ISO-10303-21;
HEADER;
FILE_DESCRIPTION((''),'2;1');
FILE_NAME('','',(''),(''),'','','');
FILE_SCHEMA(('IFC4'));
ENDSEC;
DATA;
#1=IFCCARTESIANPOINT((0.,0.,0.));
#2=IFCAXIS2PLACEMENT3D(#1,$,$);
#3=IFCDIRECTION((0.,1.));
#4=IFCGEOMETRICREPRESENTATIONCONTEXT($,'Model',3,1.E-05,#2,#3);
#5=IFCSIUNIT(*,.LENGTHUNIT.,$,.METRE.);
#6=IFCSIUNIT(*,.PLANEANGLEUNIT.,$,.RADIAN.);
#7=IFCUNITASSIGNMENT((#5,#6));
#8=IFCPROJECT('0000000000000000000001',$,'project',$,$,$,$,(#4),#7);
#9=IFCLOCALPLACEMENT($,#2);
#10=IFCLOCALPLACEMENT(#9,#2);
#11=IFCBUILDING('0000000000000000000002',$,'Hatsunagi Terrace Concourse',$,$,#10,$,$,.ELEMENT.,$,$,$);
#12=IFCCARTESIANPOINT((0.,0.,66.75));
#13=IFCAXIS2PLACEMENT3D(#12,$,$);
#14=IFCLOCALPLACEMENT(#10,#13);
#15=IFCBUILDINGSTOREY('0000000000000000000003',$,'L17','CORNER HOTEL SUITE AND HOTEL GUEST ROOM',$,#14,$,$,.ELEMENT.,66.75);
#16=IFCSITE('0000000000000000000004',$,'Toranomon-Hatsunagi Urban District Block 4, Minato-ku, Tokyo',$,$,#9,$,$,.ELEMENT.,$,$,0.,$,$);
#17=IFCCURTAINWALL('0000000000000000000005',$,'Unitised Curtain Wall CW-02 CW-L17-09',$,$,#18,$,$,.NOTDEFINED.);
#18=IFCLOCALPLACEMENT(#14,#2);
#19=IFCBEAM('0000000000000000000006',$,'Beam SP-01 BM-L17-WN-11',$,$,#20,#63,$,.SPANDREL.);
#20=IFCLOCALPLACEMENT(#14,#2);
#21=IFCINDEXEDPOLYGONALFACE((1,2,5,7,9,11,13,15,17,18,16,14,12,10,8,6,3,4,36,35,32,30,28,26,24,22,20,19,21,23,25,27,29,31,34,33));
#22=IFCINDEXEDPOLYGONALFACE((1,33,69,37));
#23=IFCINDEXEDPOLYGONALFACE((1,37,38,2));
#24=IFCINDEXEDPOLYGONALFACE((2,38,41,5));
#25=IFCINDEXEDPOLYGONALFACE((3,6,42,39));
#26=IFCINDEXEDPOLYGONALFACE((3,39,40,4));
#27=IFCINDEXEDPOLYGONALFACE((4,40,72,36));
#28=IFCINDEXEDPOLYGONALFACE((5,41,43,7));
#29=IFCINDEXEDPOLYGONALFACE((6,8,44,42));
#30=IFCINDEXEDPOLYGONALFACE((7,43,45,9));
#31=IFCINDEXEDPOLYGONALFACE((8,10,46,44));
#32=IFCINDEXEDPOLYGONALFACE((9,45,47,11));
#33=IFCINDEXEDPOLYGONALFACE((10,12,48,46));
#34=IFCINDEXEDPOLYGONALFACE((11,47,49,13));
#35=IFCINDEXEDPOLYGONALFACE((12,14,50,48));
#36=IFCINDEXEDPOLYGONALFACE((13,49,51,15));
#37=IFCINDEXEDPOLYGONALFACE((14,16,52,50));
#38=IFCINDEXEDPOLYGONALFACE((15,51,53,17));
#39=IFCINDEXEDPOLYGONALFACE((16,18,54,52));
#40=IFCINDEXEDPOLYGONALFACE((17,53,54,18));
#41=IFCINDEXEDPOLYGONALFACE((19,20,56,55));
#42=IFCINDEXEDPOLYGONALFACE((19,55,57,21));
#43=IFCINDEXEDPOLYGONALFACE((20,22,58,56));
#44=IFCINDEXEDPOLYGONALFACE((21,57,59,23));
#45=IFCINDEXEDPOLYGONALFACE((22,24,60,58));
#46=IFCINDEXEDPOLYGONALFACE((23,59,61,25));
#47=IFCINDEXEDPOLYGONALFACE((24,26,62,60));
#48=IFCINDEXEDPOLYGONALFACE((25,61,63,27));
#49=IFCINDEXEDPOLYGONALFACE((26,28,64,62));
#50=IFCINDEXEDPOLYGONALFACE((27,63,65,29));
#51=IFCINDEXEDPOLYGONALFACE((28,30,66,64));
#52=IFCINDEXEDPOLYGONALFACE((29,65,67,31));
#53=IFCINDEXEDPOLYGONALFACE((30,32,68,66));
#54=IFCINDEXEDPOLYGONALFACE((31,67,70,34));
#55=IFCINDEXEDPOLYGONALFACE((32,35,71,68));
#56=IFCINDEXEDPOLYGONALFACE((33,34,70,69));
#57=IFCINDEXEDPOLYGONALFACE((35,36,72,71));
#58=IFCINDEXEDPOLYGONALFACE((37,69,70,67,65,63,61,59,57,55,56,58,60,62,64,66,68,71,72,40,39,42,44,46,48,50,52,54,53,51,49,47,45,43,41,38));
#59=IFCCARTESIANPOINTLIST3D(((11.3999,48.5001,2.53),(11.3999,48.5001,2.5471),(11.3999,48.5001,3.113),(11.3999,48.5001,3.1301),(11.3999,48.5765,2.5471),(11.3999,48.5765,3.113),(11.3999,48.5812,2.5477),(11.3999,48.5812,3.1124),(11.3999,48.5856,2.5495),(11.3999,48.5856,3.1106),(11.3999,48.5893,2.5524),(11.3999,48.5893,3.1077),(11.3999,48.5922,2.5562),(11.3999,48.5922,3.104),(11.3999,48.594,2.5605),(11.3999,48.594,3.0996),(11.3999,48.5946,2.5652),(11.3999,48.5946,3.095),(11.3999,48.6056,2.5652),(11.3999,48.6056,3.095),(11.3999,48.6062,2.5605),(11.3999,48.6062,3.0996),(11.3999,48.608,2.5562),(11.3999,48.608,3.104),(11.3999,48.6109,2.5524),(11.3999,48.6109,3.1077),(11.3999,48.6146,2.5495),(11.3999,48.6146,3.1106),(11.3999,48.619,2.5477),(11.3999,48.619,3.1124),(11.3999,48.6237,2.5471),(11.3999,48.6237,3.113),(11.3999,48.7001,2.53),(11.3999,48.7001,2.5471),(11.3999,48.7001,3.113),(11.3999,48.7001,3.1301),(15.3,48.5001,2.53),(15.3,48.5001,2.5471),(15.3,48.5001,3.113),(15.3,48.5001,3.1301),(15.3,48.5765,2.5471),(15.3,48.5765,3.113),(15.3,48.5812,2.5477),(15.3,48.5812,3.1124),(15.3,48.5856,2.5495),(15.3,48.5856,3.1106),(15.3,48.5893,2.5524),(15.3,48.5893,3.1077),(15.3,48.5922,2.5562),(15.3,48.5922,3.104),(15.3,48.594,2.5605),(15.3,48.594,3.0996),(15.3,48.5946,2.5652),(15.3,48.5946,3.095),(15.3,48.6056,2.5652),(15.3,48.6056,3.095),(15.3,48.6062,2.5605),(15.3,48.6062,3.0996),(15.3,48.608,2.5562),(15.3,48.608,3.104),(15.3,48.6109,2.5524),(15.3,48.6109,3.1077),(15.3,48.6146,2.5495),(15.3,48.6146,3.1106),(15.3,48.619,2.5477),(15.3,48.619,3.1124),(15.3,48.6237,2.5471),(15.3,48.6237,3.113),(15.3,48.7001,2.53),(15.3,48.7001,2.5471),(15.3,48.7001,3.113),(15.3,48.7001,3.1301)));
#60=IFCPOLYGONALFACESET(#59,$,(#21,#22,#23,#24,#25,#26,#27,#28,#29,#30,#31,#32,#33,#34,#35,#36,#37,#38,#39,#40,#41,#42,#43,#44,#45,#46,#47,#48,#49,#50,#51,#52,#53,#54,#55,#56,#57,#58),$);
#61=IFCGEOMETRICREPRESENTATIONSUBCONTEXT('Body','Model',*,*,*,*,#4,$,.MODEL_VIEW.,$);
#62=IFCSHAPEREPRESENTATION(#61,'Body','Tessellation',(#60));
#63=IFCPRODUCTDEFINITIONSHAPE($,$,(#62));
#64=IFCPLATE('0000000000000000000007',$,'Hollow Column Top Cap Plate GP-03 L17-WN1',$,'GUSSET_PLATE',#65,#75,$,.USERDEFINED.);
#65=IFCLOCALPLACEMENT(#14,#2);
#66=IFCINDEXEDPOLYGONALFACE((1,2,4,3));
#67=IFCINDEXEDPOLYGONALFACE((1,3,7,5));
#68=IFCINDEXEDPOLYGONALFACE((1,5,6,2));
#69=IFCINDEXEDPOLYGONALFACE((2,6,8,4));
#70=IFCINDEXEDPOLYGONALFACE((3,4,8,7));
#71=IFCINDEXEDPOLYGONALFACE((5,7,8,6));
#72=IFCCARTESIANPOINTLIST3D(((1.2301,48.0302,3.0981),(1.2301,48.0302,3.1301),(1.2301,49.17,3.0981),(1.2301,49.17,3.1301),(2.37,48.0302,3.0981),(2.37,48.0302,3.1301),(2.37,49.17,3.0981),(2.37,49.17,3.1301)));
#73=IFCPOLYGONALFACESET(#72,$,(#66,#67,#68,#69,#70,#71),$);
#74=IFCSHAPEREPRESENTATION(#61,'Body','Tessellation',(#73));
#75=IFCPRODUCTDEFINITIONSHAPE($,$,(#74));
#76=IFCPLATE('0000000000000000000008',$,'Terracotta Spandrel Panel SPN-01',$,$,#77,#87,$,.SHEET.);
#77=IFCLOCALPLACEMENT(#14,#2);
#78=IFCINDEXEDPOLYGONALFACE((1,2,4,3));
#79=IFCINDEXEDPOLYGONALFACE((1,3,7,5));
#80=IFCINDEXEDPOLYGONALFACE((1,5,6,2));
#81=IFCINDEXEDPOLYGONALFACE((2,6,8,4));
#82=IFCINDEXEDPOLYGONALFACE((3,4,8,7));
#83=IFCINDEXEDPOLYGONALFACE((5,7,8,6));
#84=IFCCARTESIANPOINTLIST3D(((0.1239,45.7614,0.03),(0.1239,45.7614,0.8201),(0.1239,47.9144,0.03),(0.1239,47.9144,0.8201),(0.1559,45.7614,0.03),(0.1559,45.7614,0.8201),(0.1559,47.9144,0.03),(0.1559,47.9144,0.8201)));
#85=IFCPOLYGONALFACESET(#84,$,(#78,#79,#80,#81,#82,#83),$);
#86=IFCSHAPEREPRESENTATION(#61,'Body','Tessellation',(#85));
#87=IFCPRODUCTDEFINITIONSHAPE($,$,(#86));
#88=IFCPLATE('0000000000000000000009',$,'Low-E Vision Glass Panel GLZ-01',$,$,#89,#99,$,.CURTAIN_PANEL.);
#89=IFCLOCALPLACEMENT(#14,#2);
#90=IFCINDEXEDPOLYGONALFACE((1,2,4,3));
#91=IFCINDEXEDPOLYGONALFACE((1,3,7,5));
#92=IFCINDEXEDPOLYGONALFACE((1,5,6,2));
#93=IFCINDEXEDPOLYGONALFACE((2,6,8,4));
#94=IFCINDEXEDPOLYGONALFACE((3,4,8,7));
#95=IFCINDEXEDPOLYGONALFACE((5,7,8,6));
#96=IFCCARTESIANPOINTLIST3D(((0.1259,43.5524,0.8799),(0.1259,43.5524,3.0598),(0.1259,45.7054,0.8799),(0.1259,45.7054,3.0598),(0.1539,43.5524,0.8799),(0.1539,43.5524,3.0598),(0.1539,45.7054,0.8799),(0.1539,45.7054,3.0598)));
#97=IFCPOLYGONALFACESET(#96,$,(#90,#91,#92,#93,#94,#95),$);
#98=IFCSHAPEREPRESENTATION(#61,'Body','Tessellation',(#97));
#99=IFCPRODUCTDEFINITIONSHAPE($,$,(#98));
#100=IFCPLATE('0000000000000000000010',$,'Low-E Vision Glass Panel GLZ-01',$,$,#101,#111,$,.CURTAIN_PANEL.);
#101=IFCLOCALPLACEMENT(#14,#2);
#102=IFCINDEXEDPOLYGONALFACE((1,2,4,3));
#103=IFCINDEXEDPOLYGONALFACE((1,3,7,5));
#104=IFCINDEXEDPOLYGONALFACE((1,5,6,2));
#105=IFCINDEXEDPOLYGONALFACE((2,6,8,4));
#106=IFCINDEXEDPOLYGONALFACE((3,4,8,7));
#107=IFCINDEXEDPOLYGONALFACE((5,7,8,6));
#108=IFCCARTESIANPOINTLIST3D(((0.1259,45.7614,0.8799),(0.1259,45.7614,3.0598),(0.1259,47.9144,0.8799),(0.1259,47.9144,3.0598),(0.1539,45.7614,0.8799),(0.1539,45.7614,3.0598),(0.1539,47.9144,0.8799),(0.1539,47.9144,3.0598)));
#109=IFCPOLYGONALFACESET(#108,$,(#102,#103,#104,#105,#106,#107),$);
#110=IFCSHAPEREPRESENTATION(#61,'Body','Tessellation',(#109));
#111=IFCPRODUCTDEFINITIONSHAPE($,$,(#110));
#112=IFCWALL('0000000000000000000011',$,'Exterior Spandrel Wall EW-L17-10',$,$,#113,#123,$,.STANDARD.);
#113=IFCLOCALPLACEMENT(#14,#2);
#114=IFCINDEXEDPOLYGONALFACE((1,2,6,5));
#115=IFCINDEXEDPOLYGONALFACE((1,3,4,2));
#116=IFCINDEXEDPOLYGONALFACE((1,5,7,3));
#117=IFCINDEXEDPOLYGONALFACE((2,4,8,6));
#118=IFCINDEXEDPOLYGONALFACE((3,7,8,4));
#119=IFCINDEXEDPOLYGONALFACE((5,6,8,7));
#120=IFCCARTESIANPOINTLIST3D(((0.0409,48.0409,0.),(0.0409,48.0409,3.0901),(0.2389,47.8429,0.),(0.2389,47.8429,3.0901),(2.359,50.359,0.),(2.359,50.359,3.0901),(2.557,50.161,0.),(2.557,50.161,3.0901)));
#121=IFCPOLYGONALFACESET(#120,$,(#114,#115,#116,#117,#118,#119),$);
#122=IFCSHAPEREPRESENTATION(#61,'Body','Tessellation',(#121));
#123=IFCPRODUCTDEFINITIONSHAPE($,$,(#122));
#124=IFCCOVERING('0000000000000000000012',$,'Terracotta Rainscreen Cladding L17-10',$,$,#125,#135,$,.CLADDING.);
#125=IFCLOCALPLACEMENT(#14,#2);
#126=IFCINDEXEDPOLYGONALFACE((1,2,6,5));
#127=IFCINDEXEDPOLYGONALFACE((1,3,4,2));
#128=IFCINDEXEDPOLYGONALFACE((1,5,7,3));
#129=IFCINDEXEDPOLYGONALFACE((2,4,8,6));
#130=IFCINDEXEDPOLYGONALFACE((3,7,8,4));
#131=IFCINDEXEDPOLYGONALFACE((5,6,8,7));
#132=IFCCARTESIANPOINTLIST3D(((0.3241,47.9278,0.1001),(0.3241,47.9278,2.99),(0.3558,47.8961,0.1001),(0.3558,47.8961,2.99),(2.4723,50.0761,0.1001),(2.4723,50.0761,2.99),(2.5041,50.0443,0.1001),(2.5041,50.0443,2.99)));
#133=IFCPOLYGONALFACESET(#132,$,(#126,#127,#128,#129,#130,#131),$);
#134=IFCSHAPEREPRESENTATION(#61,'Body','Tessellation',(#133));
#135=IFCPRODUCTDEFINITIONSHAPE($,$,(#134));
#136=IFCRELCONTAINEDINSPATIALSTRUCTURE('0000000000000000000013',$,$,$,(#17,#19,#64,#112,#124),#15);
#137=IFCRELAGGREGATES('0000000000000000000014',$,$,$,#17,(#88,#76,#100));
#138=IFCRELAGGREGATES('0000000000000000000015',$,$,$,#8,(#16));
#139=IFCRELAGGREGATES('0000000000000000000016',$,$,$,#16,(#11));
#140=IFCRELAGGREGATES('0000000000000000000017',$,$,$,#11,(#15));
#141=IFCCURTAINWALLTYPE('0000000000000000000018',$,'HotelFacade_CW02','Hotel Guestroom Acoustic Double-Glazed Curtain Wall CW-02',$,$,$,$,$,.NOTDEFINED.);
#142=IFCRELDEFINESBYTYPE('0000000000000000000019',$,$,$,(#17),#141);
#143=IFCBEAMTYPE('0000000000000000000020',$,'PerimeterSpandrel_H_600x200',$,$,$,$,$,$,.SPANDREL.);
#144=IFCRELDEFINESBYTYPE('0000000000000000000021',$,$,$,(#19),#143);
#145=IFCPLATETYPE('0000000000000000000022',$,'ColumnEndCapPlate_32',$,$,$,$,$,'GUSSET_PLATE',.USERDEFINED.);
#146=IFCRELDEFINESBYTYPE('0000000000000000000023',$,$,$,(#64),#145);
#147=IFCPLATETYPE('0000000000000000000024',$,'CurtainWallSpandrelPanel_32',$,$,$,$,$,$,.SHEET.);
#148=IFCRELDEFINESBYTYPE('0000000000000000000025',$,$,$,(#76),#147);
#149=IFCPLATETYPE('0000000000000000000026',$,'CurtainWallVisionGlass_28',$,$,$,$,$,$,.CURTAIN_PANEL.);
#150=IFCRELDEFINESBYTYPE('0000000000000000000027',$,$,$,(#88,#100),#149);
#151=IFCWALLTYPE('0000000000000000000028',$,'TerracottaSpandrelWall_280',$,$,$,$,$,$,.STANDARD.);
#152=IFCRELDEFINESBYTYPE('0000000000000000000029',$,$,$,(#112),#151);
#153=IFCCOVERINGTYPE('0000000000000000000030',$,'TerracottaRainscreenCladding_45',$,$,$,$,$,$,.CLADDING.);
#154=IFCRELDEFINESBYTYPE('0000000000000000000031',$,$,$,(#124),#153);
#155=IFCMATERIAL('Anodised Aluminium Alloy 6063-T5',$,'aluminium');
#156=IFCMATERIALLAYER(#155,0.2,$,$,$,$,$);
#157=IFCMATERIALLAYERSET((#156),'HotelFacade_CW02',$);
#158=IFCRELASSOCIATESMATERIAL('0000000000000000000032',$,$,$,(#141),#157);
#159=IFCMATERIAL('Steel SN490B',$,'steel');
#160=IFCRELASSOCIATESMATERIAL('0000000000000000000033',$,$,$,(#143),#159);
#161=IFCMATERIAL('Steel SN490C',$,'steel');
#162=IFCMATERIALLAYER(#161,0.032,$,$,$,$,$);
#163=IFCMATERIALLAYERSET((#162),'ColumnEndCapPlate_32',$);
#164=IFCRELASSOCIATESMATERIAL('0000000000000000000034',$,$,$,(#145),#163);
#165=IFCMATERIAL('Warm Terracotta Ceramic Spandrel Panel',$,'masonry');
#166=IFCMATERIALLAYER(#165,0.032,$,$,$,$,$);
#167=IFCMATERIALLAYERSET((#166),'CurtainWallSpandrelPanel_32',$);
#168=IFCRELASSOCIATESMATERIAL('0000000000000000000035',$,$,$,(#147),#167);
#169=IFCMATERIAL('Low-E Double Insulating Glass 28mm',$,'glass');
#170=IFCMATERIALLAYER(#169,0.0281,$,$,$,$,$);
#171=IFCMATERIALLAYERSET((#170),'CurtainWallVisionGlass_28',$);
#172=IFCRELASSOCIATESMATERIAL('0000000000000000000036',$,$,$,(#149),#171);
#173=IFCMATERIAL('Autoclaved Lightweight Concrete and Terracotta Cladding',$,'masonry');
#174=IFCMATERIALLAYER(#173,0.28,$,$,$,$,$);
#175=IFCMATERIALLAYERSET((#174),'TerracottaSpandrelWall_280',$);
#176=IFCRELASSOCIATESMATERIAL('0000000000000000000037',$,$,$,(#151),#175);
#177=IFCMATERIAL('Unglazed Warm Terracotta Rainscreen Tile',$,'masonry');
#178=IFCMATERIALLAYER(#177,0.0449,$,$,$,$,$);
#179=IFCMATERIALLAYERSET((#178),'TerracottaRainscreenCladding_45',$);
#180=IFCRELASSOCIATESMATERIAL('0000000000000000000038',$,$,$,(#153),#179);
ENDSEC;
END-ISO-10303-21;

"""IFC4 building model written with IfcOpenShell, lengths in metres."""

from ifc_helpers import new_model, si_unit, direction, frame, frame_2d, origin, origin_2d, place, context, subcontext, project, spatial, rectangle, i_section, extrude, material, layer, layer_set, material_profile, profile_set, type_object, element, aggregate, save


model = new_model("IFC4")

# Units and contexts
model_context = context("Model", 3, precision=1e-05, world=origin(), true_north=direction((0.0, 1.0)))
body_context = subcontext(model_context, "Body", "Model", "MODEL_VIEW")
ifc_project = project(units=[si_unit("LENGTHUNIT", "METRE"), si_unit("PLANEANGLEUNIT", "RADIAN")], contexts=[model_context])

# Site, building, storey
site_placement = place(None, origin())
site = spatial("IfcSite", under=ifc_project, at=site_placement, Name="Toranomon-Hatsunagi Urban District Block 4, Minato-ku, Tokyo", CompositionType="ELEMENT", RefElevation=0.0)
building_placement = place(site_placement, origin())
building = spatial("IfcBuilding", under=site, at=building_placement, Name="Hatsunagi Terrace Concourse", CompositionType="ELEMENT")
storey_placement = place(building_placement, frame((0.0, 0.0, 66.75)))
storey = spatial("IfcBuildingStorey", under=building, at=storey_placement, Name="L17", Description="CORNER HOTEL SUITE AND HOTEL GUEST ROOM", CompositionType="ELEMENT", Elevation=66.75)

# Curtain wall
ifc_material_1 = material(Name="Anodised Aluminium Alloy 6063-T5", Category="aluminium")
ifc_layer_1 = layer(ifc_material_1, 0.2)
ifc_layer_set_1 = layer_set([ifc_layer_1], Name="HotelFacade_CW02")
curtain_wall_type = type_object("IfcCurtainWallType", Name="HotelFacade_CW02", Description="Hotel Guestroom Acoustic Double-Glazed Curtain Wall CW-02", PredefinedType="NOTDEFINED", material=ifc_layer_set_1)
curtain_wall_placement = place(storey_placement, origin())
curtain_wall = element("IfcCurtainWall", 1, at=curtain_wall_placement, inside=storey, type_object=curtain_wall_type, Name="Unitised Curtain Wall CW-02 CW-L17-09", PredefinedType="NOTDEFINED")

# Beam
ifc_material_2 = material(Name="Steel SN490B", Category="steel")
ifc_material_profile_1 = material_profile(ifc_material_2, i_section(OverallWidth=0.2, OverallDepth=0.6001, WebThickness=0.011, FlangeThickness=0.0171, FilletRadius=0.0181, at=origin_2d()), Name="H-600x200x11x17")
ifc_profile_set_1 = profile_set([ifc_material_profile_1], Name="Steel SN490B")
beam_type_1 = type_object("IfcBeamType", Name="PerimeterSpandrel_H_600x200", PredefinedType="SPANDREL", material=ifc_profile_set_1)
beam_1_placement = place(storey_placement, frame((11.3999, 48.6001, 2.8301), z_axis=(1.0, 0.0, 0.0), x_axis=(0.0, 1.0, 0.0)))
element("IfcBeam", 2, at=beam_1_placement, inside=storey, type_object=beam_type_1, Name="Beam SP-01 BM-L17-WN-11", PredefinedType="SPANDREL", context=body_context, shape_type="SweptSolid", body=[
    extrude(i_section(OverallWidth=0.2, OverallDepth=0.6001, WebThickness=0.011, FlangeThickness=0.0171, FilletRadius=0.0181, at=origin_2d()), origin(), (0.0, 0.0, 1.0), 3.9001),
])

# Plates
ifc_material_3 = material(Name="Steel SN490C", Category="steel")
ifc_layer_2 = layer(ifc_material_3, 0.032)
ifc_layer_set_2 = layer_set([ifc_layer_2], Name="ColumnEndCapPlate_32")
plate_type_1 = type_object("IfcPlateType", Name="ColumnEndCapPlate_32", ElementType="GUSSET_PLATE", PredefinedType="USERDEFINED", material=ifc_layer_set_2)
plate_1_placement = place(storey_placement, frame((1.8, 48.6001, 3.0981), z_axis=(0.0, 0.0, 1.0), x_axis=(1.0, 0.0, 0.0)))
element("IfcPlate", 3, at=plate_1_placement, inside=storey, type_object=plate_type_1, Name="Hollow Column Top Cap Plate GP-03 L17-WN1", ObjectType="GUSSET_PLATE", PredefinedType="USERDEFINED", context=body_context, shape_type="SweptSolid", body=[
    extrude(rectangle(XDim=1.1399, YDim=1.1399, at=origin_2d()), origin(), (0.0, 0.0, 1.0), 0.032),
])
ifc_material_4 = material(Name="Warm Terracotta Ceramic Spandrel Panel", Category="masonry")
ifc_layer_3 = layer(ifc_material_4, 0.032)
ifc_layer_set_3 = layer_set([ifc_layer_3], Name="CurtainWallSpandrelPanel_32")
plate_type_2 = type_object("IfcPlateType", Name="CurtainWallSpandrelPanel_32", PredefinedType="SHEET", material=ifc_layer_set_3)
plate_2_placement = place(storey_placement, frame((0.1399, 46.8379, 0.03), z_axis=(0.0, 0.0, 1.0), x_axis=(0.0, 1.0, 0.0)))
plate_2 = element("IfcPlate", 4, at=plate_2_placement, type_object=plate_type_2, Name="Terracotta Spandrel Panel SPN-01", PredefinedType="SHEET", context=body_context, shape_type="SweptSolid", body=[
    extrude(rectangle(XDim=2.1531, YDim=0.032, at=origin_2d()), origin(), (0.0, 0.0, 1.0), 0.79),
])
ifc_material_5 = material(Name="Low-E Double Insulating Glass 28mm", Category="glass")
ifc_layer_4 = layer(ifc_material_5, 0.0281)
ifc_layer_set_4 = layer_set([ifc_layer_4], Name="CurtainWallVisionGlass_28")
plate_type_3 = type_object("IfcPlateType", Name="CurtainWallVisionGlass_28", PredefinedType="CURTAIN_PANEL", material=ifc_layer_set_4)
plate_3_placement = place(storey_placement, frame((0.1399, 44.6289, 0.8799), z_axis=(0.0, 0.0, 1.0), x_axis=(0.0, 1.0, 0.0)))
plate_3 = element("IfcPlate", 5, at=plate_3_placement, type_object=plate_type_3, Name="Low-E Vision Glass Panel GLZ-01", PredefinedType="CURTAIN_PANEL", context=body_context, shape_type="SweptSolid", body=[
    extrude(rectangle(XDim=2.1531, YDim=0.0281, at=origin_2d()), origin(), (0.0, 0.0, 1.0), 2.1799),
])
plate_4_placement = place(storey_placement, frame((0.1399, 46.8379, 0.8799), z_axis=(0.0, 0.0, 1.0), x_axis=(0.0, 1.0, 0.0)))
plate_4 = element("IfcPlate", 6, at=plate_4_placement, type_object=plate_type_3, Name="Low-E Vision Glass Panel GLZ-01", PredefinedType="CURTAIN_PANEL", context=body_context, shape_type="SweptSolid", body=[
    extrude(rectangle(XDim=2.1531, YDim=0.0281, at=origin_2d()), origin(), (0.0, 0.0, 1.0), 2.1799),
])
aggregate(curtain_wall, [plate_3, plate_2, plate_4])

# Wall
ifc_material_6 = material(Name="Autoclaved Lightweight Concrete and Terracotta Cladding", Category="masonry")
ifc_layer_5 = layer(ifc_material_6, 0.28)
ifc_layer_set_5 = layer_set([ifc_layer_5], Name="TerracottaSpandrelWall_280")
wall_type = type_object("IfcWallType", Name="TerracottaSpandrelWall_280", PredefinedType="STANDARD", material=ifc_layer_set_5)
wall_1_placement = place(storey_placement, frame((0.1399, 47.9419, 0.0), z_axis=(0.0, 0.0, 1.0), x_axis=(0.707107, 0.707107, 0.0)))
element("IfcWall", 7, at=wall_1_placement, inside=storey, type_object=wall_type, Name="Exterior Spandrel Wall EW-L17-10", PredefinedType="STANDARD", context=body_context, shape_type="SweptSolid", body=[
    extrude(rectangle(XDim=3.2783, YDim=0.28, at=frame_2d((1.6392, 0.0))), origin(), (0.0, 0.0, 1.0), 3.0901),
])

# Covering
ifc_material_7 = material(Name="Unglazed Warm Terracotta Rainscreen Tile", Category="masonry")
ifc_layer_6 = layer(ifc_material_7, 0.0449)
ifc_layer_set_6 = layer_set([ifc_layer_6], Name="TerracottaRainscreenCladding_45")
covering_type = type_object("IfcCoveringType", Name="TerracottaRainscreenCladding_45", PredefinedType="CLADDING", material=ifc_layer_set_6)
covering_placement = place(storey_placement, frame((1.4141, 48.9861, 0.1001), z_axis=(0.0, 0.0, 1.0), x_axis=(0.707107, 0.707107, 0.0)))
element("IfcCovering", 8, at=covering_placement, inside=storey, type_object=covering_type, Name="Terracotta Rainscreen Cladding L17-10", PredefinedType="CLADDING", context=body_context, shape_type="SweptSolid", body=[
    extrude(rectangle(XDim=3.0381, YDim=0.0449, at=origin_2d()), origin(), (0.0, 0.0, 1.0), 2.8899),
])

save(model, "model.ifc")
